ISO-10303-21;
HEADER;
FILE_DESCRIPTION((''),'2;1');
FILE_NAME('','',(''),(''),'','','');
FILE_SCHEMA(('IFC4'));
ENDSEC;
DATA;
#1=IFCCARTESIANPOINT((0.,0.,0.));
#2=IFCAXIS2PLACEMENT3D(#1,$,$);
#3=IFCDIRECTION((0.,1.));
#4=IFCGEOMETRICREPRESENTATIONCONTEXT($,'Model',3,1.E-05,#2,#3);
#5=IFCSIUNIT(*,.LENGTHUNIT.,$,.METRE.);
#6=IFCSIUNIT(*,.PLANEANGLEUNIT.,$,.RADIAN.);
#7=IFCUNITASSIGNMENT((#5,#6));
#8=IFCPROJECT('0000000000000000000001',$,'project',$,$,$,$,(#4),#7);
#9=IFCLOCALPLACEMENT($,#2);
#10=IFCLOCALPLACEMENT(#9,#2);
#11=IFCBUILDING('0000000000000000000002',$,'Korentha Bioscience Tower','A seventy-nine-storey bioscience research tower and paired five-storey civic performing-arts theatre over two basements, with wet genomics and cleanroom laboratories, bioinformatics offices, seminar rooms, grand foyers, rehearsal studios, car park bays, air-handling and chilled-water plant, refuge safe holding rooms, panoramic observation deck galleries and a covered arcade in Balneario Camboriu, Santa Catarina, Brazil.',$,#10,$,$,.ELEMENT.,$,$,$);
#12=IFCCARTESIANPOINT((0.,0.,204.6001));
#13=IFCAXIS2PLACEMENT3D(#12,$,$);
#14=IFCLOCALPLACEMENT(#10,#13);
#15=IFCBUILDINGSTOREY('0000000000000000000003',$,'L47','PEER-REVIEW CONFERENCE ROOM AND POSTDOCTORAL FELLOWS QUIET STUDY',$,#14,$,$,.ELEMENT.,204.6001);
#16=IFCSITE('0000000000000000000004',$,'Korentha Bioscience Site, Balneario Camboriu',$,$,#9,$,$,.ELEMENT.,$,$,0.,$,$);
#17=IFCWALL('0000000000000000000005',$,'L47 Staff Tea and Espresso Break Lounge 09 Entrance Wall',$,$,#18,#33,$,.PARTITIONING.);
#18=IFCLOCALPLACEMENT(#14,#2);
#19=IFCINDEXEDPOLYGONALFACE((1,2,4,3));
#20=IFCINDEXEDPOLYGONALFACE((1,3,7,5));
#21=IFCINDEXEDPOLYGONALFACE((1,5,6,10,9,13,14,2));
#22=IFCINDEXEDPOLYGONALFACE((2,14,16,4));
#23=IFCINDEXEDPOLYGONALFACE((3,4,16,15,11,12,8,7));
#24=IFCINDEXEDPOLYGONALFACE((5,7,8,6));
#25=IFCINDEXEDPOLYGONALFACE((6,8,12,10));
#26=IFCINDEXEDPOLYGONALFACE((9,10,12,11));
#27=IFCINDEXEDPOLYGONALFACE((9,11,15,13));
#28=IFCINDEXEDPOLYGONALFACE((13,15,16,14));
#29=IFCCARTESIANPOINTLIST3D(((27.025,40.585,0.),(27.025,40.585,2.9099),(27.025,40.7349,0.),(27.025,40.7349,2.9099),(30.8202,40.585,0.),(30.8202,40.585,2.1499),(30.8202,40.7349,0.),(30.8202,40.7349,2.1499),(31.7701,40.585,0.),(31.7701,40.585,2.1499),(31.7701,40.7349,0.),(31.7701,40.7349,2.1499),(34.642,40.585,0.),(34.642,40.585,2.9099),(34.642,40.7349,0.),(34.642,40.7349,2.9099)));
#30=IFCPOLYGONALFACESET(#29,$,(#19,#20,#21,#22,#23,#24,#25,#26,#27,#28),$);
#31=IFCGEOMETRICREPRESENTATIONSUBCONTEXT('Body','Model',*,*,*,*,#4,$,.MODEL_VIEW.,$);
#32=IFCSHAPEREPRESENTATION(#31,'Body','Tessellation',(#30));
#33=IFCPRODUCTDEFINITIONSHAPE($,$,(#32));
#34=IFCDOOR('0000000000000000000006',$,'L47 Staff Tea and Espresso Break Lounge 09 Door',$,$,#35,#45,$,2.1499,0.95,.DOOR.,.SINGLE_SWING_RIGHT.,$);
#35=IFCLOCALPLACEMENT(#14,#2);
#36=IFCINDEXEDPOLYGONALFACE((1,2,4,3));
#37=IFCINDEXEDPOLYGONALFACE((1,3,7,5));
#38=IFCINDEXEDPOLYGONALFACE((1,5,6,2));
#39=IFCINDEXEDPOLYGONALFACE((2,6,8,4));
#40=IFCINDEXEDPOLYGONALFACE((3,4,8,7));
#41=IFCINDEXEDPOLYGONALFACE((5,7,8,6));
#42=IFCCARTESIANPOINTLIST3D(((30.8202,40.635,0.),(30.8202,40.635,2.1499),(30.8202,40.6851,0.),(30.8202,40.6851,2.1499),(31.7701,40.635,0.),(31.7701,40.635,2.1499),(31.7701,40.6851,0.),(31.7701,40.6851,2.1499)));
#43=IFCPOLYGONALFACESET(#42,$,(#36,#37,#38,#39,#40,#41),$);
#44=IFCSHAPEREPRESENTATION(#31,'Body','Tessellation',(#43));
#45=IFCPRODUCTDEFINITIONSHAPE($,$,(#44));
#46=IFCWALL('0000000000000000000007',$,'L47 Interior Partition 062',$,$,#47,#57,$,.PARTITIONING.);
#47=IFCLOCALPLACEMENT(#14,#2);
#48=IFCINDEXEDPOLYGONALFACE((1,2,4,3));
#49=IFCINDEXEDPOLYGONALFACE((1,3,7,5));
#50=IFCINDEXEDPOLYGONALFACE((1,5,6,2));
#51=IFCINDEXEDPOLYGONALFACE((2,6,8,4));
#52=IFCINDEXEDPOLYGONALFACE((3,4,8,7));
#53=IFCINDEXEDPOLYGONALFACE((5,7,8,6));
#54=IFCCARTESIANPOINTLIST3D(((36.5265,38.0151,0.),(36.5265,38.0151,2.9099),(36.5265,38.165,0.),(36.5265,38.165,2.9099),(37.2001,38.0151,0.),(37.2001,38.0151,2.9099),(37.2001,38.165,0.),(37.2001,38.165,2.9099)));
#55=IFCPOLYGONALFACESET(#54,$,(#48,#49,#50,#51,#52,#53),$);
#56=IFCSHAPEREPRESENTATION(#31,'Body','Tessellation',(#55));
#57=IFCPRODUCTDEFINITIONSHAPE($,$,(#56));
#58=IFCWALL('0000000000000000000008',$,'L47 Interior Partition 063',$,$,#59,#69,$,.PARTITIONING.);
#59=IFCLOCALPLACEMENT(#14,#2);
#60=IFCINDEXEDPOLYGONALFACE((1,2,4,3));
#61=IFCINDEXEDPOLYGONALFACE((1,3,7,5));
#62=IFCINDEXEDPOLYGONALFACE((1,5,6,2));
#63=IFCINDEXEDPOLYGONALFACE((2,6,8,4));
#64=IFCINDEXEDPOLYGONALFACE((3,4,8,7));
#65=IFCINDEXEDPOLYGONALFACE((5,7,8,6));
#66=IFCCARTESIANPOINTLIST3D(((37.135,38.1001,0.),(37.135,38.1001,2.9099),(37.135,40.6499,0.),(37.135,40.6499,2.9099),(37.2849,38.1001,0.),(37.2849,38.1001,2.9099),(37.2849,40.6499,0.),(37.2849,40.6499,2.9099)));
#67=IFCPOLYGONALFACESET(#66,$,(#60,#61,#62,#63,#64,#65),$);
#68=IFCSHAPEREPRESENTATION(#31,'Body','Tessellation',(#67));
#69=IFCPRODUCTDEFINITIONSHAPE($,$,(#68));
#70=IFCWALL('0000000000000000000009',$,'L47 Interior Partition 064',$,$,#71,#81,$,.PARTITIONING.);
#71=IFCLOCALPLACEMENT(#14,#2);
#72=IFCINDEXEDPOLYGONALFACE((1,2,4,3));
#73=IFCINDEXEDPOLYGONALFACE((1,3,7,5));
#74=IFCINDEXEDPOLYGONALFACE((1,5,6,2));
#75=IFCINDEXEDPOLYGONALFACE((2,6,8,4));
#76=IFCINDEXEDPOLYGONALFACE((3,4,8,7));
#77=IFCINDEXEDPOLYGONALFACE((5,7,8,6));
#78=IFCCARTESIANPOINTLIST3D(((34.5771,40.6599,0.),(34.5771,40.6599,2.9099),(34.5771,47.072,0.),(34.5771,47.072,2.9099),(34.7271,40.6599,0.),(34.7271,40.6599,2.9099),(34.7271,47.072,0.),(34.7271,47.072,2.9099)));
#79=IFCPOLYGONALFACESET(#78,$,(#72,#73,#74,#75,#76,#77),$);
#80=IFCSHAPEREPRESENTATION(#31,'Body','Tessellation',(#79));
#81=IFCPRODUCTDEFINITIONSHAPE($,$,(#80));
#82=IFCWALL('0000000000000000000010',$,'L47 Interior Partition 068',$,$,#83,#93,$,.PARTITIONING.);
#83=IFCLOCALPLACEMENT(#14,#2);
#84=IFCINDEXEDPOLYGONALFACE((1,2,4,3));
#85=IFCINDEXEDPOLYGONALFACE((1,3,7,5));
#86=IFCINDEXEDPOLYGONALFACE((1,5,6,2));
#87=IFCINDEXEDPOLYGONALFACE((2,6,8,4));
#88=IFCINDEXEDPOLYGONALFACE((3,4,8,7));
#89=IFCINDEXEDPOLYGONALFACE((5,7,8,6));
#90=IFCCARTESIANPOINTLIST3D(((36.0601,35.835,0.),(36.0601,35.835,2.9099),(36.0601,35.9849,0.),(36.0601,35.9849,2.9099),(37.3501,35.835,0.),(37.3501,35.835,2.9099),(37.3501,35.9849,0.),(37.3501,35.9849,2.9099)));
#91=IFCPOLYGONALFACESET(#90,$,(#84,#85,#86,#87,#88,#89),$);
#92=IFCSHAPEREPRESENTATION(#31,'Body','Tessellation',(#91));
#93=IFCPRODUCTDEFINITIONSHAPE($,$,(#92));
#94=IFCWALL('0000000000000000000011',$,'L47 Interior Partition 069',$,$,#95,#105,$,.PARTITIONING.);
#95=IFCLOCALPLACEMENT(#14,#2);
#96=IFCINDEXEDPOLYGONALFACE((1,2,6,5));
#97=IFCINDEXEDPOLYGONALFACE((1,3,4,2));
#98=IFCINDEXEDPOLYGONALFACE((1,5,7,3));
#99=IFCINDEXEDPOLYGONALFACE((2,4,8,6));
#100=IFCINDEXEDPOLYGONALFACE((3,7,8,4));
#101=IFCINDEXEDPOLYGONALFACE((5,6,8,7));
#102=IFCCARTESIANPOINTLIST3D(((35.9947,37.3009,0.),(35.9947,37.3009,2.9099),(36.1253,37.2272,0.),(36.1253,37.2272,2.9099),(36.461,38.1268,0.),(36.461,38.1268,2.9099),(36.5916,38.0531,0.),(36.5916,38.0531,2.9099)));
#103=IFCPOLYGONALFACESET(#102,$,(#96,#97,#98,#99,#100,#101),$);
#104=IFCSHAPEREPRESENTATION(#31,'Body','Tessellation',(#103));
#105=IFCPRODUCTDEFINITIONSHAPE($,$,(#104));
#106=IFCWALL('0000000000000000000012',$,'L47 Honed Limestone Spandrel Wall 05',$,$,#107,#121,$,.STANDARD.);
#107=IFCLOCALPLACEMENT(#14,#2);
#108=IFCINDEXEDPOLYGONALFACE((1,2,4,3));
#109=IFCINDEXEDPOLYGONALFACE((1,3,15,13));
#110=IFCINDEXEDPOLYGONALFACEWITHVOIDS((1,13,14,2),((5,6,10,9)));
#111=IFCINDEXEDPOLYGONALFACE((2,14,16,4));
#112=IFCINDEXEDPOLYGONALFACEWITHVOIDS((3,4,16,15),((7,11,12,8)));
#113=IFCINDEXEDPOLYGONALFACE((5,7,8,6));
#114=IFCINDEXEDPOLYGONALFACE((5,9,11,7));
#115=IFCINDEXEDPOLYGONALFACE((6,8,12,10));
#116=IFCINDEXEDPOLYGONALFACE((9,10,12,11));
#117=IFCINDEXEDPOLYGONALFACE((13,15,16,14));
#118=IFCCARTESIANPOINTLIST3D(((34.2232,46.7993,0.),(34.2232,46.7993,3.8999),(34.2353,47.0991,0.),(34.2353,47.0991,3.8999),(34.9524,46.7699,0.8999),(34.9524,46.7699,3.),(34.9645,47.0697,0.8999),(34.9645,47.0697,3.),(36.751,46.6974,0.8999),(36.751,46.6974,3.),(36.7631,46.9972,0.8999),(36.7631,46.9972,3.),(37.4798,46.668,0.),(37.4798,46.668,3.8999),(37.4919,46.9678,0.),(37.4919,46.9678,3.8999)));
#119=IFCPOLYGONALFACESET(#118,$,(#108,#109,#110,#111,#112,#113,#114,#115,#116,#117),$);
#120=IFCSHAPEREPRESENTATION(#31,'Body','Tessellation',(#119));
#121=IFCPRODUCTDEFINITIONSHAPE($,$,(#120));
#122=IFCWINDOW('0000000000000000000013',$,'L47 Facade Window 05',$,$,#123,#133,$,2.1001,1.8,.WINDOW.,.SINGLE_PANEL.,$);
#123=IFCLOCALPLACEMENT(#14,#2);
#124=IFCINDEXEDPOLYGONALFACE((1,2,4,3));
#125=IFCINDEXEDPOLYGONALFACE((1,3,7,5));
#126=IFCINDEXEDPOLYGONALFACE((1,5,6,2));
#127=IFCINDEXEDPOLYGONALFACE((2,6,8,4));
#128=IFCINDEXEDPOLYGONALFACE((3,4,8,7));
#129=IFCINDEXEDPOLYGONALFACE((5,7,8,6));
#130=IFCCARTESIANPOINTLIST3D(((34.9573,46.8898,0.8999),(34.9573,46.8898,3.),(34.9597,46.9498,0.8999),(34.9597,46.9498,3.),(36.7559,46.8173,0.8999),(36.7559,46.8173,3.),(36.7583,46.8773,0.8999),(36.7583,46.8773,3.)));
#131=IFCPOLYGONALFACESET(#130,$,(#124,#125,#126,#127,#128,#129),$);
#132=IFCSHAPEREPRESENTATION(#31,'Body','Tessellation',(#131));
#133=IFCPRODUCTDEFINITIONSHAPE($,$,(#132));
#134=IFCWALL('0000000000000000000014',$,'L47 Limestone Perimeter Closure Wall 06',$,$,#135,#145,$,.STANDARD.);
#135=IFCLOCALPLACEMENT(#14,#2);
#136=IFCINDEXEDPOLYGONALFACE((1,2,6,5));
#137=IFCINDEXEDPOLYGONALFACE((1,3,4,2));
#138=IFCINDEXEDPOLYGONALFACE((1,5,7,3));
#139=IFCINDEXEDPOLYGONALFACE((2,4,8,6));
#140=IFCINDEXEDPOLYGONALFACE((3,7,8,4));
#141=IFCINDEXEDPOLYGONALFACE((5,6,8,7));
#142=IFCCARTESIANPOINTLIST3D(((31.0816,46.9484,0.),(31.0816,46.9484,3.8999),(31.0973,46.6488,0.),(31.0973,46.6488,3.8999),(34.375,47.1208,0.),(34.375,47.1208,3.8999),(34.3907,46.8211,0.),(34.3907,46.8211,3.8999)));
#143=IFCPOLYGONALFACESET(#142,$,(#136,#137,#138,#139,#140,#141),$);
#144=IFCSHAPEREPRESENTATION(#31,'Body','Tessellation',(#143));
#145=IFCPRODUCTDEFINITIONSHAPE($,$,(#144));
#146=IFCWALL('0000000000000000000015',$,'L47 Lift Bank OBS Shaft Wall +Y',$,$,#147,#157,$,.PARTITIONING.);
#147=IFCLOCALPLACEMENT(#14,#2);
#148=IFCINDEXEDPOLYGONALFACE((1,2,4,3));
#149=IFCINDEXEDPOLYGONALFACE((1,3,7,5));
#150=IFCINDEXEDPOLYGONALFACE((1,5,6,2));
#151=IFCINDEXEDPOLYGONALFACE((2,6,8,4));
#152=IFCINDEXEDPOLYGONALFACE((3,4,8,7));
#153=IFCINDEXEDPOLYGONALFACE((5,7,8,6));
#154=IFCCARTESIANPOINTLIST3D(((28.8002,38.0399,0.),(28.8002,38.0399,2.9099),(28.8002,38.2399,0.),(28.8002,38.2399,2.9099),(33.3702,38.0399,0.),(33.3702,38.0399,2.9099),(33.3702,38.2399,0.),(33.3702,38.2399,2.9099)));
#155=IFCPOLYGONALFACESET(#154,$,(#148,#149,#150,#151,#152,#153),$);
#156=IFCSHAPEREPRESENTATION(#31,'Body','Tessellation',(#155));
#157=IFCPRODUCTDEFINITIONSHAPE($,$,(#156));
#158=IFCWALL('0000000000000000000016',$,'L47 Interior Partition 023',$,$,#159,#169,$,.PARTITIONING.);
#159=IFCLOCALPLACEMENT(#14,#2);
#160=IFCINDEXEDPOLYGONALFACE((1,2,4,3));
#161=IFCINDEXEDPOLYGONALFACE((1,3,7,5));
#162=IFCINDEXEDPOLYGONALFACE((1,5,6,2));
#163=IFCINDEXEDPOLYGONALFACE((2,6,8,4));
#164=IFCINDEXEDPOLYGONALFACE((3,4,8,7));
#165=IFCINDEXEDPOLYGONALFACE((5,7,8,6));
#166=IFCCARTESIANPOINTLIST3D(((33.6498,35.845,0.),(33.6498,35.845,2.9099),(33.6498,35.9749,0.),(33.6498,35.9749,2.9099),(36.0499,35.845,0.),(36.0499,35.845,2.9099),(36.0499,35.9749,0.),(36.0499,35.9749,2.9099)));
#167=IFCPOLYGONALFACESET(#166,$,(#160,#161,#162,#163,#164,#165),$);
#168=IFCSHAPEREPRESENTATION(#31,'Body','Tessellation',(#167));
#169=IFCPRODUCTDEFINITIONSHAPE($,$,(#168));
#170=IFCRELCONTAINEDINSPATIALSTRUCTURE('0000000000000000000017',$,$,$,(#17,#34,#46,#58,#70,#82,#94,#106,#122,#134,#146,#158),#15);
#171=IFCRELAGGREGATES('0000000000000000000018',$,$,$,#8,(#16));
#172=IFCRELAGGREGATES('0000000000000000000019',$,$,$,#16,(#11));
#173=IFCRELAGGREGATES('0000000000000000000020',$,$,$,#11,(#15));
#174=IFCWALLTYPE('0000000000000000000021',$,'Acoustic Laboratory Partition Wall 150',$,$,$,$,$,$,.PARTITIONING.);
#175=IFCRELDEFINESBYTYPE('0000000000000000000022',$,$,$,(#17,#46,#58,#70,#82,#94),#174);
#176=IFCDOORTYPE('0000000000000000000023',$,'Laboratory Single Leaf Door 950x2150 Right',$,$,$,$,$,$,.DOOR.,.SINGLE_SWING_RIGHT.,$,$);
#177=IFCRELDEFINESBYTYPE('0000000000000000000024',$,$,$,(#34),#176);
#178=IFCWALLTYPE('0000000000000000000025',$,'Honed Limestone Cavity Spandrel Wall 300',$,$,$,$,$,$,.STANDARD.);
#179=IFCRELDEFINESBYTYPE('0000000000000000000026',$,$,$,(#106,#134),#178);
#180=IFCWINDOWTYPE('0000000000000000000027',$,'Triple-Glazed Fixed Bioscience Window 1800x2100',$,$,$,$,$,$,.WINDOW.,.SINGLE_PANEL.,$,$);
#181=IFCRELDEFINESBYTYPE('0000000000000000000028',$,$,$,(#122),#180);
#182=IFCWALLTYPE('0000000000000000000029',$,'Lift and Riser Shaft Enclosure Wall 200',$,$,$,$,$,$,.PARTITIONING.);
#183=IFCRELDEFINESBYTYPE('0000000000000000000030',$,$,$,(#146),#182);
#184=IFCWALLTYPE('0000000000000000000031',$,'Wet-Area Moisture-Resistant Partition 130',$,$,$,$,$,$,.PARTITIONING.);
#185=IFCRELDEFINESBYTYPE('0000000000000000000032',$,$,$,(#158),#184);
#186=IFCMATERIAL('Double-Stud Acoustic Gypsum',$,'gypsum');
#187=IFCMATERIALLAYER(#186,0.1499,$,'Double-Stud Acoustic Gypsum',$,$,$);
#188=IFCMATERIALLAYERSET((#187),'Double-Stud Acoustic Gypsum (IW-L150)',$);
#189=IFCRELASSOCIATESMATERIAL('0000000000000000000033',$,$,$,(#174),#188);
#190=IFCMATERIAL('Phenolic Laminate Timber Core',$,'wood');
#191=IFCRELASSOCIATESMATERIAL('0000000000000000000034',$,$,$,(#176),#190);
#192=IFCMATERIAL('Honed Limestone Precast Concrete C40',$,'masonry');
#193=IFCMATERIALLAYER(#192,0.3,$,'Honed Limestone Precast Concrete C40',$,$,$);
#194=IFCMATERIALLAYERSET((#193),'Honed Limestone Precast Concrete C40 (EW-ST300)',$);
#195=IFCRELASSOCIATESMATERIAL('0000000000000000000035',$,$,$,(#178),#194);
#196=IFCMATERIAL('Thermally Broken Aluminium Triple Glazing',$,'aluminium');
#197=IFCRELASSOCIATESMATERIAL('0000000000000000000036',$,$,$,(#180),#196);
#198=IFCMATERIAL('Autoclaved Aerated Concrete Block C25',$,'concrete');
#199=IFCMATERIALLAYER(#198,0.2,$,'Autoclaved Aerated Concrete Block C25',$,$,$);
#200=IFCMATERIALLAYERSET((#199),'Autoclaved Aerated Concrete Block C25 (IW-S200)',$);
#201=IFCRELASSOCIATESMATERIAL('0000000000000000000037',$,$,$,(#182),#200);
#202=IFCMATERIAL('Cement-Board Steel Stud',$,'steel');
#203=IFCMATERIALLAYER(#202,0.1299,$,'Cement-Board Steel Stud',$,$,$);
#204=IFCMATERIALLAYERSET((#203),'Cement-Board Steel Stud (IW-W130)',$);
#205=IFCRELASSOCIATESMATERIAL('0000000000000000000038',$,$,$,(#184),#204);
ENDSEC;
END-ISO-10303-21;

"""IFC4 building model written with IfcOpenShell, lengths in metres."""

from ifc_helpers import new_model, si_unit, direction, frame, frame_2d, origin, place, context, subcontext, project, spatial, rectangle, extrude, material, layer, layer_set, type_object, element, fill, save


model = new_model("IFC4")

# Units and contexts
model_context = context("Model", 3, precision=1e-05, world=origin(), true_north=direction((0.0, 1.0)))
body_context = subcontext(model_context, "Body", "Model", "MODEL_VIEW")
ifc_project = project(units=[si_unit("LENGTHUNIT", "METRE"), si_unit("PLANEANGLEUNIT", "RADIAN")], contexts=[model_context])

# Site, building, storey
site_placement = place(None, origin())
site = spatial("IfcSite", under=ifc_project, at=site_placement, Name="Korentha Bioscience Site, Balneario Camboriu", CompositionType="ELEMENT", RefElevation=0.0)
building_placement = place(site_placement, origin())
building = spatial("IfcBuilding", under=site, at=building_placement, Name="Korentha Bioscience Tower", Description="A seventy-nine-storey bioscience research tower and paired five-storey civic performing-arts theatre over two basements, with wet genomics and cleanroom laboratories, bioinformatics offices, seminar rooms, grand foyers, rehearsal studios, car park bays, air-handling and chilled-water plant, refuge safe holding rooms, panoramic observation deck galleries and a covered arcade in Balneario Camboriu, Santa Catarina, Brazil.", CompositionType="ELEMENT")
storey_placement = place(building_placement, frame((0.0, 0.0, 204.6001)))
storey = spatial("IfcBuildingStorey", under=building, at=storey_placement, Name="L47", Description="PEER-REVIEW CONFERENCE ROOM AND POSTDOCTORAL FELLOWS QUIET STUDY", CompositionType="ELEMENT", Elevation=204.6001)

# Wall, opening, door
ifc_material_1 = material(Name="Double-Stud Acoustic Gypsum", Category="gypsum")
ifc_layer_1 = layer(ifc_material_1, 0.1499, Name="Double-Stud Acoustic Gypsum")
ifc_layer_set_1 = layer_set([ifc_layer_1], Name="Double-Stud Acoustic Gypsum (IW-L150)")
wall_type_1 = type_object("IfcWallType", Name="Acoustic Laboratory Partition Wall 150", PredefinedType="PARTITIONING", material=ifc_layer_set_1)
ifc_material_2 = material(Name="Phenolic Laminate Timber Core", Category="wood")
wall_1_placement = place(storey_placement, frame((34.6421, 40.6599, 0.0), z_axis=(0.0, 0.0, 1.0), x_axis=(-1.0, 0.0, 0.0)))
wall_1 = element("IfcWall", 1, at=wall_1_placement, inside=storey, type_object=wall_type_1, Name="L47 Staff Tea and Espresso Break Lounge 09 Entrance Wall", PredefinedType="PARTITIONING", context=body_context, shape_type="SweptSolid", body=[
    extrude(rectangle(XDim=7.6169, YDim=0.1499, at=frame_2d((3.8086, 0.0))), origin(), (0.0, 0.0, 1.0), 2.9099),
])
opening_1_placement = place(wall_1_placement, frame((2.8718, 0.0, 0.0)))
opening_1 = element("IfcOpeningElement", 2, at=opening_1_placement, cuts=wall_1, PredefinedType="OPENING", context=body_context, shape_type="SweptSolid", body=[
    extrude(rectangle(XDim=0.95, YDim=2.1499, at=frame_2d((0.4751, 1.075))), frame((0.0, 0.0898, 0.0), z_axis=(0.0, -1.0, 0.0), x_axis=(1.0, 0.0, 0.0)), (0.0, 0.0, 1.0), 0.1797),
])
door_type_1 = type_object("IfcDoorType", Name="Laboratory Single Leaf Door 950x2150 Right", OperationType="SINGLE_SWING_RIGHT", PredefinedType="DOOR", material=ifc_material_2)
door_1_placement = place(opening_1_placement, origin())
door_1 = element("IfcDoor", 3, at=door_1_placement, inside=storey, type_object=door_type_1, Name="L47 Staff Tea and Espresso Break Lounge 09 Door", OperationType="SINGLE_SWING_RIGHT", OverallHeight=2.1499, OverallWidth=0.95, PredefinedType="DOOR", context=body_context, shape_type="SweptSolid", body=[
    extrude(rectangle(XDim=0.95, YDim=2.1499, at=frame_2d((0.4751, 1.075))), frame((0.0, 0.0249, 0.0), z_axis=(0.0, -1.0, 0.0), x_axis=(1.0, 0.0, 0.0)), (0.0, 0.0, 1.0), 0.05),
])
fill(opening_1, door_1)

# Walls
wall_2_placement = place(storey_placement, frame((36.5264, 38.0901, 0.0), z_axis=(0.0, 0.0, 1.0), x_axis=(1.0, 0.0, 0.0)))
element("IfcWall", 4, at=wall_2_placement, inside=storey, type_object=wall_type_1, Name="L47 Interior Partition 062", PredefinedType="PARTITIONING", context=body_context, shape_type="SweptSolid", body=[
    extrude(rectangle(XDim=0.6736, YDim=0.1499, at=frame_2d((0.3369, 0.0))), origin(), (0.0, 0.0, 1.0), 2.9099),
])
wall_3_placement = place(storey_placement, frame((37.21, 38.1001, 0.0), z_axis=(0.0, 0.0, 1.0), x_axis=(0.0, 1.0, 0.0)))
element("IfcWall", 5, at=wall_3_placement, inside=storey, type_object=wall_type_1, Name="L47 Interior Partition 063", PredefinedType="PARTITIONING", context=body_context, shape_type="SweptSolid", body=[
    extrude(rectangle(XDim=2.5498, YDim=0.1499, at=frame_2d((1.2749, 0.0))), origin(), (0.0, 0.0, 1.0), 2.9099),
])
wall_4_placement = place(storey_placement, frame((34.6521, 40.6599, 0.0), z_axis=(0.0, 0.0, 1.0), x_axis=(0.0, 1.0, 0.0)))
element("IfcWall", 6, at=wall_4_placement, inside=storey, type_object=wall_type_1, Name="L47 Interior Partition 064", PredefinedType="PARTITIONING", context=body_context, shape_type="SweptSolid", body=[
    extrude(rectangle(XDim=6.4121, YDim=0.1499, at=frame_2d((3.2061, 0.0))), origin(), (0.0, 0.0, 1.0), 2.9099),
])
wall_5_placement = place(storey_placement, frame((37.3501, 35.9099, 0.0), z_axis=(0.0, 0.0, 1.0), x_axis=(-1.0, 0.0, 0.0)))
element("IfcWall", 7, at=wall_5_placement, inside=storey, type_object=wall_type_1, Name="L47 Interior Partition 068", PredefinedType="PARTITIONING", context=body_context, shape_type="SweptSolid", body=[
    extrude(rectangle(XDim=1.29, YDim=0.1499, at=frame_2d((0.645, 0.0))), origin(), (0.0, 0.0, 1.0), 2.9099),
])
wall_6_placement = place(storey_placement, frame((36.0601, 37.2642, 0.0), z_axis=(0.0, 0.0, 1.0), x_axis=(0.491642, 0.870798, 0.0)))
element("IfcWall", 8, at=wall_6_placement, inside=storey, type_object=wall_type_1, Name="L47 Interior Partition 069", PredefinedType="PARTITIONING", context=body_context, shape_type="SweptSolid", body=[
    extrude(rectangle(XDim=0.9485, YDim=0.1499, at=frame_2d((0.4741, 0.0))), origin(), (0.0, 0.0, 1.0), 2.9099),
])

# Wall, opening, window
ifc_material_3 = material(Name="Honed Limestone Precast Concrete C40", Category="masonry")
ifc_layer_2 = layer(ifc_material_3, 0.3, Name="Honed Limestone Precast Concrete C40")
ifc_layer_set_2 = layer_set([ifc_layer_2], Name="Honed Limestone Precast Concrete C40 (EW-ST300)")
wall_type_2 = type_object("IfcWallType", Name="Honed Limestone Cavity Spandrel Wall 300", PredefinedType="STANDARD", material=ifc_layer_set_2)
wall_7_placement = place(storey_placement, frame((37.4858, 46.8179, 0.0), z_axis=(0.0, 0.0, 1.0), x_axis=(-0.999188, 0.0403, 0.0)))
wall_7 = element("IfcWall", 9, at=wall_7_placement, inside=storey, type_object=wall_type_2, Name="L47 Honed Limestone Spandrel Wall 05", PredefinedType="STANDARD", context=body_context, shape_type="SweptSolid", body=[
    extrude(rectangle(XDim=3.2593, YDim=0.3, at=frame_2d((1.6296, 0.0))), origin(), (0.0, 0.0, 1.0), 3.8999),
])
opening_2_placement = place(wall_7_placement, frame((0.7295, 0.0, 0.8999)))
opening_2 = element("IfcOpeningElement", 10, at=opening_2_placement, cuts=wall_7, PredefinedType="OPENING", context=body_context, shape_type="SweptSolid", body=[
    extrude(rectangle(XDim=1.8, YDim=2.1001, at=frame_2d((0.8999, 1.05))), frame((0.0, 0.165, 0.0), z_axis=(0.0, -1.0, 0.0), x_axis=(1.0, 0.0, 0.0)), (0.0, 0.0, 1.0), 0.3298),
])
ifc_material_4 = material(Name="Thermally Broken Aluminium Triple Glazing", Category="aluminium")
window_type = type_object("IfcWindowType", Name="Triple-Glazed Fixed Bioscience Window 1800x2100", PartitioningType="SINGLE_PANEL", PredefinedType="WINDOW", material=ifc_material_4)
window_placement = place(opening_2_placement, origin())
window = element("IfcWindow", 11, at=window_placement, inside=storey, type_object=window_type, Name="L47 Facade Window 05", OverallHeight=2.1001, OverallWidth=1.8, PartitioningType="SINGLE_PANEL", PredefinedType="WINDOW", context=body_context, shape_type="SweptSolid", body=[
    extrude(rectangle(XDim=1.8, YDim=2.1001, at=frame_2d((0.8999, 1.05))), frame((0.0, 0.03, 0.0), z_axis=(0.0, -1.0, 0.0), x_axis=(1.0, 0.0, 0.0)), (0.0, 0.0, 1.0), 0.0601),
])
fill(opening_2, window)

# Walls
wall_8_placement = place(storey_placement, frame((34.3828, 46.9709, 0.0), z_axis=(0.0, 0.0, 1.0), x_axis=(-0.998633, -0.052264, 0.0)))
element("IfcWall", 12, at=wall_8_placement, inside=storey, type_object=wall_type_2, Name="L47 Limestone Perimeter Closure Wall 06", PredefinedType="STANDARD", context=body_context, shape_type="SweptSolid", body=[
    extrude(rectangle(XDim=3.2979, YDim=0.3, at=frame_2d((1.6489, 0.0))), origin(), (0.0, 0.0, 1.0), 3.8999),
])
ifc_material_5 = material(Name="Autoclaved Aerated Concrete Block C25", Category="concrete")
ifc_layer_3 = layer(ifc_material_5, 0.2, Name="Autoclaved Aerated Concrete Block C25")
ifc_layer_set_3 = layer_set([ifc_layer_3], Name="Autoclaved Aerated Concrete Block C25 (IW-S200)")
wall_type_3 = type_object("IfcWallType", Name="Lift and Riser Shaft Enclosure Wall 200", PredefinedType="PARTITIONING", material=ifc_layer_set_3)
wall_9_placement = place(storey_placement, frame((28.8, 38.1399, 0.0), z_axis=(0.0, 0.0, 1.0), x_axis=(1.0, 0.0, 0.0)))
element("IfcWall", 13, at=wall_9_placement, inside=storey, type_object=wall_type_3, Name="L47 Lift Bank OBS Shaft Wall +Y", PredefinedType="PARTITIONING", context=body_context, shape_type="SweptSolid", body=[
    extrude(rectangle(XDim=4.5701, YDim=0.2, at=frame_2d((2.2852, 0.0))), origin(), (0.0, 0.0, 1.0), 2.9099),
])

# Shared definitions
ifc_material_6 = material(Name="Cement-Board Steel Stud", Category="steel")
ifc_layer_4 = layer(ifc_material_6, 0.1299, Name="Cement-Board Steel Stud")
ifc_layer_set_4 = layer_set([ifc_layer_4], Name="Cement-Board Steel Stud (IW-W130)")
wall_type_4 = type_object("IfcWallType", Name="Wet-Area Moisture-Resistant Partition 130", PredefinedType="PARTITIONING", material=ifc_layer_set_4)

# Wall
wall_10_placement = place(storey_placement, frame((36.05, 35.9099, 0.0), z_axis=(0.0, 0.0, 1.0), x_axis=(-1.0, 0.0, 0.0)))
element("IfcWall", 14, at=wall_10_placement, inside=storey, type_object=wall_type_4, Name="L47 Interior Partition 023", PredefinedType="PARTITIONING", context=body_context, shape_type="SweptSolid", body=[
    extrude(rectangle(XDim=2.4001, YDim=0.1299, at=frame_2d((1.2002, 0.0))), origin(), (0.0, 0.0, 1.0), 2.9099),
])

save(model, "model.ifc")
